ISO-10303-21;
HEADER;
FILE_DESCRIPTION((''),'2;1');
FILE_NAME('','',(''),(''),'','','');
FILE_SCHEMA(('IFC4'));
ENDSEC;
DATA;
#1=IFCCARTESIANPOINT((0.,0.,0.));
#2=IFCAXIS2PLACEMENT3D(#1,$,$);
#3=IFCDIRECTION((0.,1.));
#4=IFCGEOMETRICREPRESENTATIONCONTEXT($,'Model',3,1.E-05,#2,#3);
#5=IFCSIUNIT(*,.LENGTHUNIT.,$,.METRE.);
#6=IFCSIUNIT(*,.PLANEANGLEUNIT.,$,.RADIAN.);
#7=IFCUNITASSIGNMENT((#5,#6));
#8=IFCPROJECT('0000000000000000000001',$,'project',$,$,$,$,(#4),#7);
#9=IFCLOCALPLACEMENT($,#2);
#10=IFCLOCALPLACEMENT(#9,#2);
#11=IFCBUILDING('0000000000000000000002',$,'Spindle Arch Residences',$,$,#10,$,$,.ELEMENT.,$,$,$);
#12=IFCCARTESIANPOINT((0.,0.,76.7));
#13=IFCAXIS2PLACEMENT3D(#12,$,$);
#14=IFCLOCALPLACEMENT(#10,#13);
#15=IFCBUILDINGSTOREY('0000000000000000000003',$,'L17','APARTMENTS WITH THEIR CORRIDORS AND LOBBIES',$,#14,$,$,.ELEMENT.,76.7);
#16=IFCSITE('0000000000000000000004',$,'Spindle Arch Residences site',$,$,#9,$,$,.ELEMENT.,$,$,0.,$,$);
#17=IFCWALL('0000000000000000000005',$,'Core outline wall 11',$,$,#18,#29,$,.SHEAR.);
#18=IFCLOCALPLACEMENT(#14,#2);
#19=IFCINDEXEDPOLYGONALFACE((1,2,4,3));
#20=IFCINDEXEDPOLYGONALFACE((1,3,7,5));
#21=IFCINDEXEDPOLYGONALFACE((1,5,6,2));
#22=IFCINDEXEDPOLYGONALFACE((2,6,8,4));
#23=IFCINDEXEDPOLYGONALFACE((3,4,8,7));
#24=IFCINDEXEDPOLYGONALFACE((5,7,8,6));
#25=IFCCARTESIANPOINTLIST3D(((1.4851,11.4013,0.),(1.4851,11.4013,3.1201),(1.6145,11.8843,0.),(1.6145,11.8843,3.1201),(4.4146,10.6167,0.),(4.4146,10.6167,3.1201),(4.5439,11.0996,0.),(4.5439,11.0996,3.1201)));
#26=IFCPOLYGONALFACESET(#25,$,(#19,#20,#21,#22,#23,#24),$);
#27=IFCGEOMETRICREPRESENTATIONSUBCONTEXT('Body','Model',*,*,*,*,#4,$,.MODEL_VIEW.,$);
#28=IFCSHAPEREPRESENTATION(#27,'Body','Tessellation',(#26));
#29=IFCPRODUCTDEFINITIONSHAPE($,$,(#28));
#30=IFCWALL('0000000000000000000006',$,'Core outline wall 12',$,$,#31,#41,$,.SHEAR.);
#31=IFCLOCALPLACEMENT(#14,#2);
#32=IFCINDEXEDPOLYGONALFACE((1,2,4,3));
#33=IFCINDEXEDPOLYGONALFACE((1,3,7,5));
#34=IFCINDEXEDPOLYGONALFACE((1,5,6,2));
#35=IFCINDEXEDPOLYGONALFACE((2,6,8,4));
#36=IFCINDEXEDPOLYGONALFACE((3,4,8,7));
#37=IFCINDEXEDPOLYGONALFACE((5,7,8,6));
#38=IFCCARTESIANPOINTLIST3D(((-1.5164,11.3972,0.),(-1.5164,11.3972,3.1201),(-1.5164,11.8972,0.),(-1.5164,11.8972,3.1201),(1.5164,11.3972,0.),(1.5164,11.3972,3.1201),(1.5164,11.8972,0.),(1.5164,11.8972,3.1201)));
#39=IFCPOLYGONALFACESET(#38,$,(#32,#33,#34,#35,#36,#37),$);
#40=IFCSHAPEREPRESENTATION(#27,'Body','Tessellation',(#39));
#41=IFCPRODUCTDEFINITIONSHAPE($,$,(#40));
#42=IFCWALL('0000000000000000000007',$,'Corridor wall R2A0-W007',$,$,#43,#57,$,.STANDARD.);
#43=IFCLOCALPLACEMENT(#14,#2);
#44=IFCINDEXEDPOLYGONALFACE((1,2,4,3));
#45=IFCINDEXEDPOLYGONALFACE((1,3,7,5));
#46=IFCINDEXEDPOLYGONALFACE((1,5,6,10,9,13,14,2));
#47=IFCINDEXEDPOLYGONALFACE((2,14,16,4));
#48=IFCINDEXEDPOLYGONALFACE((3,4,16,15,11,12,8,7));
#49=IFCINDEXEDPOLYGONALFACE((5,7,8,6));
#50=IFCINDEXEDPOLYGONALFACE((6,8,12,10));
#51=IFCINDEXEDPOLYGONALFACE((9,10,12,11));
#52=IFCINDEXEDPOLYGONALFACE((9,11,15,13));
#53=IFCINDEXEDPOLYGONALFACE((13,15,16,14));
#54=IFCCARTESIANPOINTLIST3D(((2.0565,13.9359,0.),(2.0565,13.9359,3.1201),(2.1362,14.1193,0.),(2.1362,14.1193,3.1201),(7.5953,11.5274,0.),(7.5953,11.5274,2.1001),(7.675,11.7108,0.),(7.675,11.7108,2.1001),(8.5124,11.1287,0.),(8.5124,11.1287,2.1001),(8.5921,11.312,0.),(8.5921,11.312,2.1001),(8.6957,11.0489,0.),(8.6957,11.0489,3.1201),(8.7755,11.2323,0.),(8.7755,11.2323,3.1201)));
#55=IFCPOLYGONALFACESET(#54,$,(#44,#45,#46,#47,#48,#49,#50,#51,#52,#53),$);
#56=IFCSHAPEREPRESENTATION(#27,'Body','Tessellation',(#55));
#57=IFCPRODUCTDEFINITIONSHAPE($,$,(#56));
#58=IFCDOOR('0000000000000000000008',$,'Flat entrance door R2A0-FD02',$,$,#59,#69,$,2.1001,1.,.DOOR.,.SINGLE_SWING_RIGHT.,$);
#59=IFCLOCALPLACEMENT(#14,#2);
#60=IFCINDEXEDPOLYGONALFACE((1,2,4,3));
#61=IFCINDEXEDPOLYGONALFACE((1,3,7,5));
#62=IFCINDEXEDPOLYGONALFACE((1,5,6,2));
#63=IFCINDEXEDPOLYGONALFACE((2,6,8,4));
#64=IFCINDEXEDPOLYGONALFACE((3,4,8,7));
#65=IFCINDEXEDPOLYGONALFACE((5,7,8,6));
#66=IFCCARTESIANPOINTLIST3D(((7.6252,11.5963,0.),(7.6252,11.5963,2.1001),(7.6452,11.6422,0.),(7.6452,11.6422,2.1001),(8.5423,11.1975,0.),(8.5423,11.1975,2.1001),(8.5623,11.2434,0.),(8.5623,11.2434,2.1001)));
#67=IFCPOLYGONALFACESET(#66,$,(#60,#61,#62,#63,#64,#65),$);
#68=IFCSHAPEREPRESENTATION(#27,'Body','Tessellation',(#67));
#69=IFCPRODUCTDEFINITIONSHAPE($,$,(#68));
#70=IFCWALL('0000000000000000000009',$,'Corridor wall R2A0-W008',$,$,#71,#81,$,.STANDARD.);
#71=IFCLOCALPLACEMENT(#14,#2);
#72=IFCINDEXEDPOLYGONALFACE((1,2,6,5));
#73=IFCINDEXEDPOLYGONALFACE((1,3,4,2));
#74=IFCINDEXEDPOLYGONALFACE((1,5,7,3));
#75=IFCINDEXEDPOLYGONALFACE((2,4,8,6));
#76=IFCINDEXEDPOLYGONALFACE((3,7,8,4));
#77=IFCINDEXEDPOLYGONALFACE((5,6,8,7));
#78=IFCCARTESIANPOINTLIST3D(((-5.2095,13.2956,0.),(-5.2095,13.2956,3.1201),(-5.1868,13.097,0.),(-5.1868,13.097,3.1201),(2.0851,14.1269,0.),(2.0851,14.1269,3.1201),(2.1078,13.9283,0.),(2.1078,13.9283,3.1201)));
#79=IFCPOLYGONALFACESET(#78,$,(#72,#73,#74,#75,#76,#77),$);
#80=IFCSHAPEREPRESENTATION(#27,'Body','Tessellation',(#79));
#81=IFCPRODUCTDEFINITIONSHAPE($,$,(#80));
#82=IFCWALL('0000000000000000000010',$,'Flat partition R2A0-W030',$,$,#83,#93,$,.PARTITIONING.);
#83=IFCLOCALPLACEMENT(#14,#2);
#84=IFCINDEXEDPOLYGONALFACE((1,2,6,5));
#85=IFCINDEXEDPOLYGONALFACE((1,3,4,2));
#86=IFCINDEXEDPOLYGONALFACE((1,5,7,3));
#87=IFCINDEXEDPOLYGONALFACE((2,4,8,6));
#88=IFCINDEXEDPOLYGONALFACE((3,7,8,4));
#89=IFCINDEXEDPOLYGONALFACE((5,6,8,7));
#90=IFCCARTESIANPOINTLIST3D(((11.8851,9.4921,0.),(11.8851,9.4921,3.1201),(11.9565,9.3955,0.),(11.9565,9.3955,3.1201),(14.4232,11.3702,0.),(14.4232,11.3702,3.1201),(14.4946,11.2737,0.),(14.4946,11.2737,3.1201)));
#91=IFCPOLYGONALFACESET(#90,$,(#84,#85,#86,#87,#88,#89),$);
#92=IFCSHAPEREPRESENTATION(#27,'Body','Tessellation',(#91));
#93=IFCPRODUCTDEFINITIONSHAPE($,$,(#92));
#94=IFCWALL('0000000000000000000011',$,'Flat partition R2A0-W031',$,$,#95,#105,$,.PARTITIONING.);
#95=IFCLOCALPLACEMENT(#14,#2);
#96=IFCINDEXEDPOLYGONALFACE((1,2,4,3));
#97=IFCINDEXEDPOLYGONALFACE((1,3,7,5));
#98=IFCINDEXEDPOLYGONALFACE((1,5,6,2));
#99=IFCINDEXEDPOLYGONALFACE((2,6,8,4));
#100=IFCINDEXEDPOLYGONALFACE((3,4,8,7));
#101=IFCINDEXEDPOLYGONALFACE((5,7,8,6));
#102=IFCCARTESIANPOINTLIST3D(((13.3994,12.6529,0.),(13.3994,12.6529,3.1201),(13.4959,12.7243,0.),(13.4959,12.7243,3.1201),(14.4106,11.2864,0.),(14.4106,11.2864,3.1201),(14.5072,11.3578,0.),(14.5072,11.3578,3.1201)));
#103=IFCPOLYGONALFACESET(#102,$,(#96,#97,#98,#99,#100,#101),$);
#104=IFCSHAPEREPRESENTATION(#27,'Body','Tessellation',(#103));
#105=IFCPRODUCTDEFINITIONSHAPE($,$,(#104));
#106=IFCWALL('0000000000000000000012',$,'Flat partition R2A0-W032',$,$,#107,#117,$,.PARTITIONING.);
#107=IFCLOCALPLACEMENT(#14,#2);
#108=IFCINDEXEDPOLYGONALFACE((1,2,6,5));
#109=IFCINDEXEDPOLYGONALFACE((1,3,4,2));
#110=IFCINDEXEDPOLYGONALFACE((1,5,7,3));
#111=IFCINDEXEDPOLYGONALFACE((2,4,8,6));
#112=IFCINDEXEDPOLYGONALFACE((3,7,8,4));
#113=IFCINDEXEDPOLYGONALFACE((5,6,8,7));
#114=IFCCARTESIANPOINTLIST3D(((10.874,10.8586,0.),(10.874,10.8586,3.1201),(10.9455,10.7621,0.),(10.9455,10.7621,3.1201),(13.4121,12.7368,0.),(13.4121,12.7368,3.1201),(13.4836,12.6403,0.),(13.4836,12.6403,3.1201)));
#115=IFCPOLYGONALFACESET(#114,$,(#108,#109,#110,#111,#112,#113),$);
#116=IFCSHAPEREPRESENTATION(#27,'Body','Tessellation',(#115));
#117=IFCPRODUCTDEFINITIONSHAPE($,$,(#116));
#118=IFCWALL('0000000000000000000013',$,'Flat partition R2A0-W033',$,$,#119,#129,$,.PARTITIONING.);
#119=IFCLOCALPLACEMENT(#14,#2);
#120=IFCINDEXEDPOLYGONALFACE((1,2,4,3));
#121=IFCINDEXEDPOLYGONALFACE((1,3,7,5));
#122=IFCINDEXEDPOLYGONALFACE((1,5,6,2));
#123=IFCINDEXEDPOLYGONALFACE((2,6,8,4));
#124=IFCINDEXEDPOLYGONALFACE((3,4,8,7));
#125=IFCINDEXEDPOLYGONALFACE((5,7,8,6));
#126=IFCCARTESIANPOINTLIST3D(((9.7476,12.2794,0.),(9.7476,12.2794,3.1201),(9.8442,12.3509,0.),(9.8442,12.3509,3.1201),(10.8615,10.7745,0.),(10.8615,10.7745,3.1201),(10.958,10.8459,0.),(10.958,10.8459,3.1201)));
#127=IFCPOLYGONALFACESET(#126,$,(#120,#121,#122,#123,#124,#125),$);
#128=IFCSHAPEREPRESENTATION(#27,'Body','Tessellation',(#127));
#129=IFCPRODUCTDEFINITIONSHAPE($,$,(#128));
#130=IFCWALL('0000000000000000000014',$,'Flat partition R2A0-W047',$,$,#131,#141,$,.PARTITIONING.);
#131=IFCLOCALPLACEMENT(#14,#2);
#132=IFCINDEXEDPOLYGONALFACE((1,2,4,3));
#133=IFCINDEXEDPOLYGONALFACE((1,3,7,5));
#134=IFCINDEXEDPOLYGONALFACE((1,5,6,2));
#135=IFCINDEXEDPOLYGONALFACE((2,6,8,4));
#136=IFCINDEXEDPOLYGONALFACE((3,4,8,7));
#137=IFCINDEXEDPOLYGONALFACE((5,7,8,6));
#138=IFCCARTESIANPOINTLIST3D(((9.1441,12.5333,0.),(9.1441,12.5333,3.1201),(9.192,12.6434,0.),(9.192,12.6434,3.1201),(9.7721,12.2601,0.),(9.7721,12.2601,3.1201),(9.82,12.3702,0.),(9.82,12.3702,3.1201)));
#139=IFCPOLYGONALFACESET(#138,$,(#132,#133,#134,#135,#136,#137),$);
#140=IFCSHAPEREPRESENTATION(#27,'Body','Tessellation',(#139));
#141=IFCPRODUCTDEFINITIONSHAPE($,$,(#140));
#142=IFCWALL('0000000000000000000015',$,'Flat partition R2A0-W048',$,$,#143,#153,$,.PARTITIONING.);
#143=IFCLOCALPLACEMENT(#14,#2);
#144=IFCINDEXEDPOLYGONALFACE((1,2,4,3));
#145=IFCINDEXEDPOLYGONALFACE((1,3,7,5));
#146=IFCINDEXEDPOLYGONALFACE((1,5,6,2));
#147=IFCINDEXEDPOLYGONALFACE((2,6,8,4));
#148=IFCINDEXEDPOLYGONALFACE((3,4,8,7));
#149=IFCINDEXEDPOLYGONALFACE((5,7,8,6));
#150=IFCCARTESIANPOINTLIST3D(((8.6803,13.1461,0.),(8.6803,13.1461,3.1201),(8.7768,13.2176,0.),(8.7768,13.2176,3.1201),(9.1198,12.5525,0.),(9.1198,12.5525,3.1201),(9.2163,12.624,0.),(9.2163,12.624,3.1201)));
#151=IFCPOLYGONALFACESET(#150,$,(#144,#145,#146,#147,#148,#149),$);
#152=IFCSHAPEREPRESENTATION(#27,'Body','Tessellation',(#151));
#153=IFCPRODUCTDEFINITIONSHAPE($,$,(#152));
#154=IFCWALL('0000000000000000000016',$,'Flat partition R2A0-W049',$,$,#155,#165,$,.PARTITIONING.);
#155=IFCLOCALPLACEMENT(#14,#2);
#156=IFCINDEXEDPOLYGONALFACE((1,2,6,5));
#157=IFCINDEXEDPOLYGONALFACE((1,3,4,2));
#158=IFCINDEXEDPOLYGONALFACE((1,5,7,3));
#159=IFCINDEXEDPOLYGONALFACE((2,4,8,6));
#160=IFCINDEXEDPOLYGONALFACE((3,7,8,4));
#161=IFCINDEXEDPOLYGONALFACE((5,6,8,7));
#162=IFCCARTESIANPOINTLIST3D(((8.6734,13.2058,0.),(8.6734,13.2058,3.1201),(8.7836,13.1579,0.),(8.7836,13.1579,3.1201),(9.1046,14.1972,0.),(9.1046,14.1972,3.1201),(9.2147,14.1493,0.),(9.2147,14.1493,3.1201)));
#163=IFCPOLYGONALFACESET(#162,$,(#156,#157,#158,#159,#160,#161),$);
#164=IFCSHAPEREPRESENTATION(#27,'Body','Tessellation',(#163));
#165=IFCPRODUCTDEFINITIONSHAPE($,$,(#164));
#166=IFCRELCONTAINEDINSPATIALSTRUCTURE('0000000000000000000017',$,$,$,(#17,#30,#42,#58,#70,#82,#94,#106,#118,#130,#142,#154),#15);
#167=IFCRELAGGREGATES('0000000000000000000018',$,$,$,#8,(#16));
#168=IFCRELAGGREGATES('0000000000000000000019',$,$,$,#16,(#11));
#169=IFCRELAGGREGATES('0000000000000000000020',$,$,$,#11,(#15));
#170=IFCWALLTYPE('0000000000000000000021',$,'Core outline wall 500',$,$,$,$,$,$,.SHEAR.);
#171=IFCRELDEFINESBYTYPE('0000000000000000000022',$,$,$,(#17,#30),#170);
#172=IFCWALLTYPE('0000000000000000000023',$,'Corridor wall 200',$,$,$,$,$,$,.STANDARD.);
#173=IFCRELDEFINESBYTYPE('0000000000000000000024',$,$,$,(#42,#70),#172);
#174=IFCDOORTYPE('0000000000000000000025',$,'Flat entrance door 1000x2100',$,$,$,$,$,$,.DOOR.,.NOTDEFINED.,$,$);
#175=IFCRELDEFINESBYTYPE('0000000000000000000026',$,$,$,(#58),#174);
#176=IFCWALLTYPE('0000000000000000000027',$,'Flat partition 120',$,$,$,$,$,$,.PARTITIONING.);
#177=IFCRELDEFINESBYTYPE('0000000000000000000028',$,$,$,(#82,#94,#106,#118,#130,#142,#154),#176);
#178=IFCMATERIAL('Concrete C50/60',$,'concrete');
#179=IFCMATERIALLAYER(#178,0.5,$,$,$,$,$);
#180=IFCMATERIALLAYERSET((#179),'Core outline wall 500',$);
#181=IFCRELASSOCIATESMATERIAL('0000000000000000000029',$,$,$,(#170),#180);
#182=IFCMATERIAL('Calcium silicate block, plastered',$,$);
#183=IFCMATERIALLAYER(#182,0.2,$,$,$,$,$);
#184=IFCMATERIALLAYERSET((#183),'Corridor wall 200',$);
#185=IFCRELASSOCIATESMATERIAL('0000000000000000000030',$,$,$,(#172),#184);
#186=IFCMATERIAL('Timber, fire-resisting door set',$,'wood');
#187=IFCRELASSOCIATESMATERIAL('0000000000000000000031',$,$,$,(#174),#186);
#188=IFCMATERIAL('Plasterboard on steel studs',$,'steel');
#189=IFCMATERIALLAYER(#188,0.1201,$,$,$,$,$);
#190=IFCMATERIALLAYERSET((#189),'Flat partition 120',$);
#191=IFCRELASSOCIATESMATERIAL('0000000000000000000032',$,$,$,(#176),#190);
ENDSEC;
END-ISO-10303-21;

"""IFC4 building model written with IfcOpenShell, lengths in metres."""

from ifc_helpers import new_model, si_unit, direction, frame, frame_2d, origin, place, context, subcontext, project, spatial, rectangle, extrude, material, layer, layer_set, type_object, element, fill, save


model = new_model("IFC4")

# Units and contexts
model_context = context("Model", 3, precision=1e-05, world=origin(), true_north=direction((0.0, 1.0)))
body_context = subcontext(model_context, "Body", "Model", "MODEL_VIEW")
ifc_project = project(units=[si_unit("LENGTHUNIT", "METRE"), si_unit("PLANEANGLEUNIT", "RADIAN")], contexts=[model_context])

# Site, building, storey
site_placement = place(None, origin())
site = spatial("IfcSite", under=ifc_project, at=site_placement, Name="Spindle Arch Residences site", CompositionType="ELEMENT", RefElevation=0.0)
building_placement = place(site_placement, origin())
building = spatial("IfcBuilding", under=site, at=building_placement, Name="Spindle Arch Residences", CompositionType="ELEMENT")
storey_placement = place(building_placement, frame((0.0, 0.0, 76.7)))
storey = spatial("IfcBuildingStorey", under=building, at=storey_placement, Name="L17", Description="APARTMENTS WITH THEIR CORRIDORS AND LOBBIES", CompositionType="ELEMENT", Elevation=76.7)

# Shared definitions
ifc_material_1 = material(Name="Concrete C50/60", Category="concrete")
ifc_layer_1 = layer(ifc_material_1, 0.5)
ifc_layer_set_1 = layer_set([ifc_layer_1], Name="Core outline wall 500")
wall_type_1 = type_object("IfcWallType", Name="Core outline wall 500", PredefinedType="SHEAR", material=ifc_layer_set_1)

# Walls
for number, where, z_axis, x_axis, name in (
    (1, (4.4792, 10.8582, 0.0), (0.0, 0.0, 1.0), (-0.965948, 0.258735, 0.0), "Core outline wall 11"),
    (2, (1.5164, 11.6472, 0.0), (0.0, 0.0, 1.0), (-1.0, 0.0, 0.0), "Core outline wall 12"),
):
    element("IfcWall", number, at=place(storey_placement, frame(where, z_axis=z_axis, x_axis=x_axis)), inside=storey, type_object=wall_type_1, Name=name, PredefinedType="SHEAR", context=body_context, shape_type="SweptSolid", body=[
        extrude(rectangle(XDim=3.0327, YDim=0.5, at=frame_2d((1.5164, 0.0))), origin(), (0.0, 0.0, 1.0), 3.1201),
    ])

# Wall, opening, door
ifc_material_2 = material(Name="Calcium silicate block, plastered")
ifc_layer_2 = layer(ifc_material_2, 0.2)
ifc_layer_set_2 = layer_set([ifc_layer_2], Name="Corridor wall 200")
wall_type_2 = type_object("IfcWallType", Name="Corridor wall 200", PredefinedType="STANDARD", material=ifc_layer_set_2)
wall_1_placement = place(storey_placement, frame((8.7356, 11.1406, 0.0), z_axis=(0.0, 0.0, 1.0), x_axis=(-0.917051, 0.398769, 0.0)))
wall_1 = element("IfcWall", 3, at=wall_1_placement, inside=storey, type_object=wall_type_2, Name="Corridor wall R2A0-W007", PredefinedType="STANDARD", context=body_context, shape_type="SweptSolid", body=[
    extrude(rectangle(XDim=7.2397, YDim=0.2, at=frame_2d((3.6199, 0.0))), origin(), (0.0, 0.0, 1.0), 3.1201),
])
opening_1_placement = place(wall_1_placement, frame((0.2, 0.0, 0.0)))
opening_1 = element("IfcOpeningElement", 4, at=opening_1_placement, cuts=wall_1, PredefinedType="OPENING", context=body_context, shape_type="SweptSolid", body=[
    extrude(rectangle(XDim=1.0, YDim=2.1001, at=frame_2d((0.5, 1.05))), frame((0.0, 0.1099, 0.0), z_axis=(0.0, -1.0, 0.0), x_axis=(1.0, 0.0, 0.0)), (0.0, 0.0, 1.0), 0.22),
])
ifc_material_3 = material(Name="Timber, fire-resisting door set", Category="wood")
door_type_1 = type_object("IfcDoorType", Name="Flat entrance door 1000x2100", OperationType="NOTDEFINED", PredefinedType="DOOR", material=ifc_material_3)
door_1_placement = place(opening_1_placement, origin())
door_1 = element("IfcDoor", 5, at=door_1_placement, inside=storey, type_object=door_type_1, Name="Flat entrance door R2A0-FD02", OperationType="SINGLE_SWING_RIGHT", OverallHeight=2.1001, OverallWidth=1.0, PredefinedType="DOOR", context=body_context, shape_type="SweptSolid", body=[
    extrude(rectangle(XDim=1.0, YDim=2.1001, at=frame_2d((0.5, 1.05))), frame((0.0, 0.0249, 0.0), z_axis=(0.0, -1.0, 0.0), x_axis=(1.0, 0.0, 0.0)), (0.0, 0.0, 1.0), 0.05),
])
fill(opening_1, door_1)

# Walls
wall_2_placement = place(storey_placement, frame((2.0964, 14.0276, 0.0), z_axis=(0.0, 0.0, 1.0), x_axis=(-0.993569, -0.113227, 0.0)))
element("IfcWall", 6, at=wall_2_placement, inside=storey, type_object=wall_type_2, Name="Corridor wall R2A0-W008", PredefinedType="STANDARD", context=body_context, shape_type="SweptSolid", body=[
    extrude(rectangle(XDim=7.3418, YDim=0.2, at=frame_2d((3.6709, 0.0))), origin(), (0.0, 0.0, 1.0), 3.1201),
])
ifc_material_4 = material(Name="Plasterboard on steel studs", Category="steel")
ifc_layer_3 = layer(ifc_material_4, 0.1201)
ifc_layer_set_3 = layer_set([ifc_layer_3], Name="Flat partition 120")
wall_type_3 = type_object("IfcWallType", Name="Flat partition 120", PredefinedType="PARTITIONING", material=ifc_layer_set_3)
wall_3_placement = place(storey_placement, frame((11.9209, 9.4438, 0.0), z_axis=(0.0, 0.0, 1.0), x_axis=(0.803843, 0.594841, 0.0)))
element("IfcWall", 7, at=wall_3_placement, inside=storey, type_object=wall_type_3, Name="Flat partition R2A0-W030", PredefinedType="PARTITIONING", context=body_context, shape_type="SweptSolid", body=[
    extrude(rectangle(XDim=3.1575, YDim=0.1201, at=frame_2d((1.5786, 0.0))), origin(), (0.0, 0.0, 1.0), 3.1201),
])
wall_4_placement = place(storey_placement, frame((14.459, 11.322, 0.0), z_axis=(0.0, 0.0, 1.0), x_axis=(-0.594863, 0.803827, 0.0)))
element("IfcWall", 8, at=wall_4_placement, inside=storey, type_object=wall_type_3, Name="Flat partition R2A0-W031", PredefinedType="PARTITIONING", context=body_context, shape_type="SweptSolid", body=[
    extrude(rectangle(XDim=1.7, YDim=0.1201, at=frame_2d((0.8501, 0.0))), origin(), (0.0, 0.0, 1.0), 3.1201),
])
wall_5_placement = place(storey_placement, frame((13.4478, 12.6885, 0.0), z_axis=(0.0, 0.0, 1.0), x_axis=(-0.803843, -0.594841, 0.0)))
element("IfcWall", 9, at=wall_5_placement, inside=storey, type_object=wall_type_3, Name="Flat partition R2A0-W032", PredefinedType="PARTITIONING", context=body_context, shape_type="SweptSolid", body=[
    extrude(rectangle(XDim=3.1575, YDim=0.1201, at=frame_2d((1.5786, 0.0))), origin(), (0.0, 0.0, 1.0), 3.1201),
])
wall_6_placement = place(storey_placement, frame((10.9097, 10.8103, 0.0), z_axis=(0.0, 0.0, 1.0), x_axis=(-0.594897, 0.803802, 0.0)))
element("IfcWall", 10, at=wall_6_placement, inside=storey, type_object=wall_type_3, Name="Flat partition R2A0-W033", PredefinedType="PARTITIONING", context=body_context, shape_type="SweptSolid", body=[
    extrude(rectangle(XDim=1.8723, YDim=0.1201, at=frame_2d((0.936, 0.0))), origin(), (0.0, 0.0, 1.0), 3.1201),
])
wall_7_placement = place(storey_placement, frame((9.7959, 12.3152, 0.0), z_axis=(0.0, 0.0, 1.0), x_axis=(-0.916974, 0.398948, 0.0)))
element("IfcWall", 11, at=wall_7_placement, inside=storey, type_object=wall_type_3, Name="Flat partition R2A0-W047", PredefinedType="PARTITIONING", context=body_context, shape_type="SweptSolid", body=[
    extrude(rectangle(XDim=0.6848, YDim=0.1201, at=frame_2d((0.3423, 0.0))), origin(), (0.0, 0.0, 1.0), 3.1201),
])
wall_8_placement = place(storey_placement, frame((9.168, 12.5884, 0.0), z_axis=(0.0, 0.0, 1.0), x_axis=(-0.595069, 0.803674, 0.0)))
element("IfcWall", 12, at=wall_8_placement, inside=storey, type_object=wall_type_3, Name="Flat partition R2A0-W048", PredefinedType="PARTITIONING", context=body_context, shape_type="SweptSolid", body=[
    extrude(rectangle(XDim=0.7385, YDim=0.1201, at=frame_2d((0.3691, 0.0))), origin(), (0.0, 0.0, 1.0), 3.1201),
])
wall_9_placement = place(storey_placement, frame((8.7285, 13.1819, 0.0), z_axis=(0.0, 0.0, 1.0), x_axis=(0.398792, 0.917041, 0.0)))
element("IfcWall", 13, at=wall_9_placement, inside=storey, type_object=wall_type_3, Name="Flat partition R2A0-W049", PredefinedType="PARTITIONING", context=body_context, shape_type="SweptSolid", body=[
    extrude(rectangle(XDim=1.0811, YDim=0.1201, at=frame_2d((0.5405, 0.0))), origin(), (0.0, 0.0, 1.0), 3.1201),
])

save(model, "model.ifc")
